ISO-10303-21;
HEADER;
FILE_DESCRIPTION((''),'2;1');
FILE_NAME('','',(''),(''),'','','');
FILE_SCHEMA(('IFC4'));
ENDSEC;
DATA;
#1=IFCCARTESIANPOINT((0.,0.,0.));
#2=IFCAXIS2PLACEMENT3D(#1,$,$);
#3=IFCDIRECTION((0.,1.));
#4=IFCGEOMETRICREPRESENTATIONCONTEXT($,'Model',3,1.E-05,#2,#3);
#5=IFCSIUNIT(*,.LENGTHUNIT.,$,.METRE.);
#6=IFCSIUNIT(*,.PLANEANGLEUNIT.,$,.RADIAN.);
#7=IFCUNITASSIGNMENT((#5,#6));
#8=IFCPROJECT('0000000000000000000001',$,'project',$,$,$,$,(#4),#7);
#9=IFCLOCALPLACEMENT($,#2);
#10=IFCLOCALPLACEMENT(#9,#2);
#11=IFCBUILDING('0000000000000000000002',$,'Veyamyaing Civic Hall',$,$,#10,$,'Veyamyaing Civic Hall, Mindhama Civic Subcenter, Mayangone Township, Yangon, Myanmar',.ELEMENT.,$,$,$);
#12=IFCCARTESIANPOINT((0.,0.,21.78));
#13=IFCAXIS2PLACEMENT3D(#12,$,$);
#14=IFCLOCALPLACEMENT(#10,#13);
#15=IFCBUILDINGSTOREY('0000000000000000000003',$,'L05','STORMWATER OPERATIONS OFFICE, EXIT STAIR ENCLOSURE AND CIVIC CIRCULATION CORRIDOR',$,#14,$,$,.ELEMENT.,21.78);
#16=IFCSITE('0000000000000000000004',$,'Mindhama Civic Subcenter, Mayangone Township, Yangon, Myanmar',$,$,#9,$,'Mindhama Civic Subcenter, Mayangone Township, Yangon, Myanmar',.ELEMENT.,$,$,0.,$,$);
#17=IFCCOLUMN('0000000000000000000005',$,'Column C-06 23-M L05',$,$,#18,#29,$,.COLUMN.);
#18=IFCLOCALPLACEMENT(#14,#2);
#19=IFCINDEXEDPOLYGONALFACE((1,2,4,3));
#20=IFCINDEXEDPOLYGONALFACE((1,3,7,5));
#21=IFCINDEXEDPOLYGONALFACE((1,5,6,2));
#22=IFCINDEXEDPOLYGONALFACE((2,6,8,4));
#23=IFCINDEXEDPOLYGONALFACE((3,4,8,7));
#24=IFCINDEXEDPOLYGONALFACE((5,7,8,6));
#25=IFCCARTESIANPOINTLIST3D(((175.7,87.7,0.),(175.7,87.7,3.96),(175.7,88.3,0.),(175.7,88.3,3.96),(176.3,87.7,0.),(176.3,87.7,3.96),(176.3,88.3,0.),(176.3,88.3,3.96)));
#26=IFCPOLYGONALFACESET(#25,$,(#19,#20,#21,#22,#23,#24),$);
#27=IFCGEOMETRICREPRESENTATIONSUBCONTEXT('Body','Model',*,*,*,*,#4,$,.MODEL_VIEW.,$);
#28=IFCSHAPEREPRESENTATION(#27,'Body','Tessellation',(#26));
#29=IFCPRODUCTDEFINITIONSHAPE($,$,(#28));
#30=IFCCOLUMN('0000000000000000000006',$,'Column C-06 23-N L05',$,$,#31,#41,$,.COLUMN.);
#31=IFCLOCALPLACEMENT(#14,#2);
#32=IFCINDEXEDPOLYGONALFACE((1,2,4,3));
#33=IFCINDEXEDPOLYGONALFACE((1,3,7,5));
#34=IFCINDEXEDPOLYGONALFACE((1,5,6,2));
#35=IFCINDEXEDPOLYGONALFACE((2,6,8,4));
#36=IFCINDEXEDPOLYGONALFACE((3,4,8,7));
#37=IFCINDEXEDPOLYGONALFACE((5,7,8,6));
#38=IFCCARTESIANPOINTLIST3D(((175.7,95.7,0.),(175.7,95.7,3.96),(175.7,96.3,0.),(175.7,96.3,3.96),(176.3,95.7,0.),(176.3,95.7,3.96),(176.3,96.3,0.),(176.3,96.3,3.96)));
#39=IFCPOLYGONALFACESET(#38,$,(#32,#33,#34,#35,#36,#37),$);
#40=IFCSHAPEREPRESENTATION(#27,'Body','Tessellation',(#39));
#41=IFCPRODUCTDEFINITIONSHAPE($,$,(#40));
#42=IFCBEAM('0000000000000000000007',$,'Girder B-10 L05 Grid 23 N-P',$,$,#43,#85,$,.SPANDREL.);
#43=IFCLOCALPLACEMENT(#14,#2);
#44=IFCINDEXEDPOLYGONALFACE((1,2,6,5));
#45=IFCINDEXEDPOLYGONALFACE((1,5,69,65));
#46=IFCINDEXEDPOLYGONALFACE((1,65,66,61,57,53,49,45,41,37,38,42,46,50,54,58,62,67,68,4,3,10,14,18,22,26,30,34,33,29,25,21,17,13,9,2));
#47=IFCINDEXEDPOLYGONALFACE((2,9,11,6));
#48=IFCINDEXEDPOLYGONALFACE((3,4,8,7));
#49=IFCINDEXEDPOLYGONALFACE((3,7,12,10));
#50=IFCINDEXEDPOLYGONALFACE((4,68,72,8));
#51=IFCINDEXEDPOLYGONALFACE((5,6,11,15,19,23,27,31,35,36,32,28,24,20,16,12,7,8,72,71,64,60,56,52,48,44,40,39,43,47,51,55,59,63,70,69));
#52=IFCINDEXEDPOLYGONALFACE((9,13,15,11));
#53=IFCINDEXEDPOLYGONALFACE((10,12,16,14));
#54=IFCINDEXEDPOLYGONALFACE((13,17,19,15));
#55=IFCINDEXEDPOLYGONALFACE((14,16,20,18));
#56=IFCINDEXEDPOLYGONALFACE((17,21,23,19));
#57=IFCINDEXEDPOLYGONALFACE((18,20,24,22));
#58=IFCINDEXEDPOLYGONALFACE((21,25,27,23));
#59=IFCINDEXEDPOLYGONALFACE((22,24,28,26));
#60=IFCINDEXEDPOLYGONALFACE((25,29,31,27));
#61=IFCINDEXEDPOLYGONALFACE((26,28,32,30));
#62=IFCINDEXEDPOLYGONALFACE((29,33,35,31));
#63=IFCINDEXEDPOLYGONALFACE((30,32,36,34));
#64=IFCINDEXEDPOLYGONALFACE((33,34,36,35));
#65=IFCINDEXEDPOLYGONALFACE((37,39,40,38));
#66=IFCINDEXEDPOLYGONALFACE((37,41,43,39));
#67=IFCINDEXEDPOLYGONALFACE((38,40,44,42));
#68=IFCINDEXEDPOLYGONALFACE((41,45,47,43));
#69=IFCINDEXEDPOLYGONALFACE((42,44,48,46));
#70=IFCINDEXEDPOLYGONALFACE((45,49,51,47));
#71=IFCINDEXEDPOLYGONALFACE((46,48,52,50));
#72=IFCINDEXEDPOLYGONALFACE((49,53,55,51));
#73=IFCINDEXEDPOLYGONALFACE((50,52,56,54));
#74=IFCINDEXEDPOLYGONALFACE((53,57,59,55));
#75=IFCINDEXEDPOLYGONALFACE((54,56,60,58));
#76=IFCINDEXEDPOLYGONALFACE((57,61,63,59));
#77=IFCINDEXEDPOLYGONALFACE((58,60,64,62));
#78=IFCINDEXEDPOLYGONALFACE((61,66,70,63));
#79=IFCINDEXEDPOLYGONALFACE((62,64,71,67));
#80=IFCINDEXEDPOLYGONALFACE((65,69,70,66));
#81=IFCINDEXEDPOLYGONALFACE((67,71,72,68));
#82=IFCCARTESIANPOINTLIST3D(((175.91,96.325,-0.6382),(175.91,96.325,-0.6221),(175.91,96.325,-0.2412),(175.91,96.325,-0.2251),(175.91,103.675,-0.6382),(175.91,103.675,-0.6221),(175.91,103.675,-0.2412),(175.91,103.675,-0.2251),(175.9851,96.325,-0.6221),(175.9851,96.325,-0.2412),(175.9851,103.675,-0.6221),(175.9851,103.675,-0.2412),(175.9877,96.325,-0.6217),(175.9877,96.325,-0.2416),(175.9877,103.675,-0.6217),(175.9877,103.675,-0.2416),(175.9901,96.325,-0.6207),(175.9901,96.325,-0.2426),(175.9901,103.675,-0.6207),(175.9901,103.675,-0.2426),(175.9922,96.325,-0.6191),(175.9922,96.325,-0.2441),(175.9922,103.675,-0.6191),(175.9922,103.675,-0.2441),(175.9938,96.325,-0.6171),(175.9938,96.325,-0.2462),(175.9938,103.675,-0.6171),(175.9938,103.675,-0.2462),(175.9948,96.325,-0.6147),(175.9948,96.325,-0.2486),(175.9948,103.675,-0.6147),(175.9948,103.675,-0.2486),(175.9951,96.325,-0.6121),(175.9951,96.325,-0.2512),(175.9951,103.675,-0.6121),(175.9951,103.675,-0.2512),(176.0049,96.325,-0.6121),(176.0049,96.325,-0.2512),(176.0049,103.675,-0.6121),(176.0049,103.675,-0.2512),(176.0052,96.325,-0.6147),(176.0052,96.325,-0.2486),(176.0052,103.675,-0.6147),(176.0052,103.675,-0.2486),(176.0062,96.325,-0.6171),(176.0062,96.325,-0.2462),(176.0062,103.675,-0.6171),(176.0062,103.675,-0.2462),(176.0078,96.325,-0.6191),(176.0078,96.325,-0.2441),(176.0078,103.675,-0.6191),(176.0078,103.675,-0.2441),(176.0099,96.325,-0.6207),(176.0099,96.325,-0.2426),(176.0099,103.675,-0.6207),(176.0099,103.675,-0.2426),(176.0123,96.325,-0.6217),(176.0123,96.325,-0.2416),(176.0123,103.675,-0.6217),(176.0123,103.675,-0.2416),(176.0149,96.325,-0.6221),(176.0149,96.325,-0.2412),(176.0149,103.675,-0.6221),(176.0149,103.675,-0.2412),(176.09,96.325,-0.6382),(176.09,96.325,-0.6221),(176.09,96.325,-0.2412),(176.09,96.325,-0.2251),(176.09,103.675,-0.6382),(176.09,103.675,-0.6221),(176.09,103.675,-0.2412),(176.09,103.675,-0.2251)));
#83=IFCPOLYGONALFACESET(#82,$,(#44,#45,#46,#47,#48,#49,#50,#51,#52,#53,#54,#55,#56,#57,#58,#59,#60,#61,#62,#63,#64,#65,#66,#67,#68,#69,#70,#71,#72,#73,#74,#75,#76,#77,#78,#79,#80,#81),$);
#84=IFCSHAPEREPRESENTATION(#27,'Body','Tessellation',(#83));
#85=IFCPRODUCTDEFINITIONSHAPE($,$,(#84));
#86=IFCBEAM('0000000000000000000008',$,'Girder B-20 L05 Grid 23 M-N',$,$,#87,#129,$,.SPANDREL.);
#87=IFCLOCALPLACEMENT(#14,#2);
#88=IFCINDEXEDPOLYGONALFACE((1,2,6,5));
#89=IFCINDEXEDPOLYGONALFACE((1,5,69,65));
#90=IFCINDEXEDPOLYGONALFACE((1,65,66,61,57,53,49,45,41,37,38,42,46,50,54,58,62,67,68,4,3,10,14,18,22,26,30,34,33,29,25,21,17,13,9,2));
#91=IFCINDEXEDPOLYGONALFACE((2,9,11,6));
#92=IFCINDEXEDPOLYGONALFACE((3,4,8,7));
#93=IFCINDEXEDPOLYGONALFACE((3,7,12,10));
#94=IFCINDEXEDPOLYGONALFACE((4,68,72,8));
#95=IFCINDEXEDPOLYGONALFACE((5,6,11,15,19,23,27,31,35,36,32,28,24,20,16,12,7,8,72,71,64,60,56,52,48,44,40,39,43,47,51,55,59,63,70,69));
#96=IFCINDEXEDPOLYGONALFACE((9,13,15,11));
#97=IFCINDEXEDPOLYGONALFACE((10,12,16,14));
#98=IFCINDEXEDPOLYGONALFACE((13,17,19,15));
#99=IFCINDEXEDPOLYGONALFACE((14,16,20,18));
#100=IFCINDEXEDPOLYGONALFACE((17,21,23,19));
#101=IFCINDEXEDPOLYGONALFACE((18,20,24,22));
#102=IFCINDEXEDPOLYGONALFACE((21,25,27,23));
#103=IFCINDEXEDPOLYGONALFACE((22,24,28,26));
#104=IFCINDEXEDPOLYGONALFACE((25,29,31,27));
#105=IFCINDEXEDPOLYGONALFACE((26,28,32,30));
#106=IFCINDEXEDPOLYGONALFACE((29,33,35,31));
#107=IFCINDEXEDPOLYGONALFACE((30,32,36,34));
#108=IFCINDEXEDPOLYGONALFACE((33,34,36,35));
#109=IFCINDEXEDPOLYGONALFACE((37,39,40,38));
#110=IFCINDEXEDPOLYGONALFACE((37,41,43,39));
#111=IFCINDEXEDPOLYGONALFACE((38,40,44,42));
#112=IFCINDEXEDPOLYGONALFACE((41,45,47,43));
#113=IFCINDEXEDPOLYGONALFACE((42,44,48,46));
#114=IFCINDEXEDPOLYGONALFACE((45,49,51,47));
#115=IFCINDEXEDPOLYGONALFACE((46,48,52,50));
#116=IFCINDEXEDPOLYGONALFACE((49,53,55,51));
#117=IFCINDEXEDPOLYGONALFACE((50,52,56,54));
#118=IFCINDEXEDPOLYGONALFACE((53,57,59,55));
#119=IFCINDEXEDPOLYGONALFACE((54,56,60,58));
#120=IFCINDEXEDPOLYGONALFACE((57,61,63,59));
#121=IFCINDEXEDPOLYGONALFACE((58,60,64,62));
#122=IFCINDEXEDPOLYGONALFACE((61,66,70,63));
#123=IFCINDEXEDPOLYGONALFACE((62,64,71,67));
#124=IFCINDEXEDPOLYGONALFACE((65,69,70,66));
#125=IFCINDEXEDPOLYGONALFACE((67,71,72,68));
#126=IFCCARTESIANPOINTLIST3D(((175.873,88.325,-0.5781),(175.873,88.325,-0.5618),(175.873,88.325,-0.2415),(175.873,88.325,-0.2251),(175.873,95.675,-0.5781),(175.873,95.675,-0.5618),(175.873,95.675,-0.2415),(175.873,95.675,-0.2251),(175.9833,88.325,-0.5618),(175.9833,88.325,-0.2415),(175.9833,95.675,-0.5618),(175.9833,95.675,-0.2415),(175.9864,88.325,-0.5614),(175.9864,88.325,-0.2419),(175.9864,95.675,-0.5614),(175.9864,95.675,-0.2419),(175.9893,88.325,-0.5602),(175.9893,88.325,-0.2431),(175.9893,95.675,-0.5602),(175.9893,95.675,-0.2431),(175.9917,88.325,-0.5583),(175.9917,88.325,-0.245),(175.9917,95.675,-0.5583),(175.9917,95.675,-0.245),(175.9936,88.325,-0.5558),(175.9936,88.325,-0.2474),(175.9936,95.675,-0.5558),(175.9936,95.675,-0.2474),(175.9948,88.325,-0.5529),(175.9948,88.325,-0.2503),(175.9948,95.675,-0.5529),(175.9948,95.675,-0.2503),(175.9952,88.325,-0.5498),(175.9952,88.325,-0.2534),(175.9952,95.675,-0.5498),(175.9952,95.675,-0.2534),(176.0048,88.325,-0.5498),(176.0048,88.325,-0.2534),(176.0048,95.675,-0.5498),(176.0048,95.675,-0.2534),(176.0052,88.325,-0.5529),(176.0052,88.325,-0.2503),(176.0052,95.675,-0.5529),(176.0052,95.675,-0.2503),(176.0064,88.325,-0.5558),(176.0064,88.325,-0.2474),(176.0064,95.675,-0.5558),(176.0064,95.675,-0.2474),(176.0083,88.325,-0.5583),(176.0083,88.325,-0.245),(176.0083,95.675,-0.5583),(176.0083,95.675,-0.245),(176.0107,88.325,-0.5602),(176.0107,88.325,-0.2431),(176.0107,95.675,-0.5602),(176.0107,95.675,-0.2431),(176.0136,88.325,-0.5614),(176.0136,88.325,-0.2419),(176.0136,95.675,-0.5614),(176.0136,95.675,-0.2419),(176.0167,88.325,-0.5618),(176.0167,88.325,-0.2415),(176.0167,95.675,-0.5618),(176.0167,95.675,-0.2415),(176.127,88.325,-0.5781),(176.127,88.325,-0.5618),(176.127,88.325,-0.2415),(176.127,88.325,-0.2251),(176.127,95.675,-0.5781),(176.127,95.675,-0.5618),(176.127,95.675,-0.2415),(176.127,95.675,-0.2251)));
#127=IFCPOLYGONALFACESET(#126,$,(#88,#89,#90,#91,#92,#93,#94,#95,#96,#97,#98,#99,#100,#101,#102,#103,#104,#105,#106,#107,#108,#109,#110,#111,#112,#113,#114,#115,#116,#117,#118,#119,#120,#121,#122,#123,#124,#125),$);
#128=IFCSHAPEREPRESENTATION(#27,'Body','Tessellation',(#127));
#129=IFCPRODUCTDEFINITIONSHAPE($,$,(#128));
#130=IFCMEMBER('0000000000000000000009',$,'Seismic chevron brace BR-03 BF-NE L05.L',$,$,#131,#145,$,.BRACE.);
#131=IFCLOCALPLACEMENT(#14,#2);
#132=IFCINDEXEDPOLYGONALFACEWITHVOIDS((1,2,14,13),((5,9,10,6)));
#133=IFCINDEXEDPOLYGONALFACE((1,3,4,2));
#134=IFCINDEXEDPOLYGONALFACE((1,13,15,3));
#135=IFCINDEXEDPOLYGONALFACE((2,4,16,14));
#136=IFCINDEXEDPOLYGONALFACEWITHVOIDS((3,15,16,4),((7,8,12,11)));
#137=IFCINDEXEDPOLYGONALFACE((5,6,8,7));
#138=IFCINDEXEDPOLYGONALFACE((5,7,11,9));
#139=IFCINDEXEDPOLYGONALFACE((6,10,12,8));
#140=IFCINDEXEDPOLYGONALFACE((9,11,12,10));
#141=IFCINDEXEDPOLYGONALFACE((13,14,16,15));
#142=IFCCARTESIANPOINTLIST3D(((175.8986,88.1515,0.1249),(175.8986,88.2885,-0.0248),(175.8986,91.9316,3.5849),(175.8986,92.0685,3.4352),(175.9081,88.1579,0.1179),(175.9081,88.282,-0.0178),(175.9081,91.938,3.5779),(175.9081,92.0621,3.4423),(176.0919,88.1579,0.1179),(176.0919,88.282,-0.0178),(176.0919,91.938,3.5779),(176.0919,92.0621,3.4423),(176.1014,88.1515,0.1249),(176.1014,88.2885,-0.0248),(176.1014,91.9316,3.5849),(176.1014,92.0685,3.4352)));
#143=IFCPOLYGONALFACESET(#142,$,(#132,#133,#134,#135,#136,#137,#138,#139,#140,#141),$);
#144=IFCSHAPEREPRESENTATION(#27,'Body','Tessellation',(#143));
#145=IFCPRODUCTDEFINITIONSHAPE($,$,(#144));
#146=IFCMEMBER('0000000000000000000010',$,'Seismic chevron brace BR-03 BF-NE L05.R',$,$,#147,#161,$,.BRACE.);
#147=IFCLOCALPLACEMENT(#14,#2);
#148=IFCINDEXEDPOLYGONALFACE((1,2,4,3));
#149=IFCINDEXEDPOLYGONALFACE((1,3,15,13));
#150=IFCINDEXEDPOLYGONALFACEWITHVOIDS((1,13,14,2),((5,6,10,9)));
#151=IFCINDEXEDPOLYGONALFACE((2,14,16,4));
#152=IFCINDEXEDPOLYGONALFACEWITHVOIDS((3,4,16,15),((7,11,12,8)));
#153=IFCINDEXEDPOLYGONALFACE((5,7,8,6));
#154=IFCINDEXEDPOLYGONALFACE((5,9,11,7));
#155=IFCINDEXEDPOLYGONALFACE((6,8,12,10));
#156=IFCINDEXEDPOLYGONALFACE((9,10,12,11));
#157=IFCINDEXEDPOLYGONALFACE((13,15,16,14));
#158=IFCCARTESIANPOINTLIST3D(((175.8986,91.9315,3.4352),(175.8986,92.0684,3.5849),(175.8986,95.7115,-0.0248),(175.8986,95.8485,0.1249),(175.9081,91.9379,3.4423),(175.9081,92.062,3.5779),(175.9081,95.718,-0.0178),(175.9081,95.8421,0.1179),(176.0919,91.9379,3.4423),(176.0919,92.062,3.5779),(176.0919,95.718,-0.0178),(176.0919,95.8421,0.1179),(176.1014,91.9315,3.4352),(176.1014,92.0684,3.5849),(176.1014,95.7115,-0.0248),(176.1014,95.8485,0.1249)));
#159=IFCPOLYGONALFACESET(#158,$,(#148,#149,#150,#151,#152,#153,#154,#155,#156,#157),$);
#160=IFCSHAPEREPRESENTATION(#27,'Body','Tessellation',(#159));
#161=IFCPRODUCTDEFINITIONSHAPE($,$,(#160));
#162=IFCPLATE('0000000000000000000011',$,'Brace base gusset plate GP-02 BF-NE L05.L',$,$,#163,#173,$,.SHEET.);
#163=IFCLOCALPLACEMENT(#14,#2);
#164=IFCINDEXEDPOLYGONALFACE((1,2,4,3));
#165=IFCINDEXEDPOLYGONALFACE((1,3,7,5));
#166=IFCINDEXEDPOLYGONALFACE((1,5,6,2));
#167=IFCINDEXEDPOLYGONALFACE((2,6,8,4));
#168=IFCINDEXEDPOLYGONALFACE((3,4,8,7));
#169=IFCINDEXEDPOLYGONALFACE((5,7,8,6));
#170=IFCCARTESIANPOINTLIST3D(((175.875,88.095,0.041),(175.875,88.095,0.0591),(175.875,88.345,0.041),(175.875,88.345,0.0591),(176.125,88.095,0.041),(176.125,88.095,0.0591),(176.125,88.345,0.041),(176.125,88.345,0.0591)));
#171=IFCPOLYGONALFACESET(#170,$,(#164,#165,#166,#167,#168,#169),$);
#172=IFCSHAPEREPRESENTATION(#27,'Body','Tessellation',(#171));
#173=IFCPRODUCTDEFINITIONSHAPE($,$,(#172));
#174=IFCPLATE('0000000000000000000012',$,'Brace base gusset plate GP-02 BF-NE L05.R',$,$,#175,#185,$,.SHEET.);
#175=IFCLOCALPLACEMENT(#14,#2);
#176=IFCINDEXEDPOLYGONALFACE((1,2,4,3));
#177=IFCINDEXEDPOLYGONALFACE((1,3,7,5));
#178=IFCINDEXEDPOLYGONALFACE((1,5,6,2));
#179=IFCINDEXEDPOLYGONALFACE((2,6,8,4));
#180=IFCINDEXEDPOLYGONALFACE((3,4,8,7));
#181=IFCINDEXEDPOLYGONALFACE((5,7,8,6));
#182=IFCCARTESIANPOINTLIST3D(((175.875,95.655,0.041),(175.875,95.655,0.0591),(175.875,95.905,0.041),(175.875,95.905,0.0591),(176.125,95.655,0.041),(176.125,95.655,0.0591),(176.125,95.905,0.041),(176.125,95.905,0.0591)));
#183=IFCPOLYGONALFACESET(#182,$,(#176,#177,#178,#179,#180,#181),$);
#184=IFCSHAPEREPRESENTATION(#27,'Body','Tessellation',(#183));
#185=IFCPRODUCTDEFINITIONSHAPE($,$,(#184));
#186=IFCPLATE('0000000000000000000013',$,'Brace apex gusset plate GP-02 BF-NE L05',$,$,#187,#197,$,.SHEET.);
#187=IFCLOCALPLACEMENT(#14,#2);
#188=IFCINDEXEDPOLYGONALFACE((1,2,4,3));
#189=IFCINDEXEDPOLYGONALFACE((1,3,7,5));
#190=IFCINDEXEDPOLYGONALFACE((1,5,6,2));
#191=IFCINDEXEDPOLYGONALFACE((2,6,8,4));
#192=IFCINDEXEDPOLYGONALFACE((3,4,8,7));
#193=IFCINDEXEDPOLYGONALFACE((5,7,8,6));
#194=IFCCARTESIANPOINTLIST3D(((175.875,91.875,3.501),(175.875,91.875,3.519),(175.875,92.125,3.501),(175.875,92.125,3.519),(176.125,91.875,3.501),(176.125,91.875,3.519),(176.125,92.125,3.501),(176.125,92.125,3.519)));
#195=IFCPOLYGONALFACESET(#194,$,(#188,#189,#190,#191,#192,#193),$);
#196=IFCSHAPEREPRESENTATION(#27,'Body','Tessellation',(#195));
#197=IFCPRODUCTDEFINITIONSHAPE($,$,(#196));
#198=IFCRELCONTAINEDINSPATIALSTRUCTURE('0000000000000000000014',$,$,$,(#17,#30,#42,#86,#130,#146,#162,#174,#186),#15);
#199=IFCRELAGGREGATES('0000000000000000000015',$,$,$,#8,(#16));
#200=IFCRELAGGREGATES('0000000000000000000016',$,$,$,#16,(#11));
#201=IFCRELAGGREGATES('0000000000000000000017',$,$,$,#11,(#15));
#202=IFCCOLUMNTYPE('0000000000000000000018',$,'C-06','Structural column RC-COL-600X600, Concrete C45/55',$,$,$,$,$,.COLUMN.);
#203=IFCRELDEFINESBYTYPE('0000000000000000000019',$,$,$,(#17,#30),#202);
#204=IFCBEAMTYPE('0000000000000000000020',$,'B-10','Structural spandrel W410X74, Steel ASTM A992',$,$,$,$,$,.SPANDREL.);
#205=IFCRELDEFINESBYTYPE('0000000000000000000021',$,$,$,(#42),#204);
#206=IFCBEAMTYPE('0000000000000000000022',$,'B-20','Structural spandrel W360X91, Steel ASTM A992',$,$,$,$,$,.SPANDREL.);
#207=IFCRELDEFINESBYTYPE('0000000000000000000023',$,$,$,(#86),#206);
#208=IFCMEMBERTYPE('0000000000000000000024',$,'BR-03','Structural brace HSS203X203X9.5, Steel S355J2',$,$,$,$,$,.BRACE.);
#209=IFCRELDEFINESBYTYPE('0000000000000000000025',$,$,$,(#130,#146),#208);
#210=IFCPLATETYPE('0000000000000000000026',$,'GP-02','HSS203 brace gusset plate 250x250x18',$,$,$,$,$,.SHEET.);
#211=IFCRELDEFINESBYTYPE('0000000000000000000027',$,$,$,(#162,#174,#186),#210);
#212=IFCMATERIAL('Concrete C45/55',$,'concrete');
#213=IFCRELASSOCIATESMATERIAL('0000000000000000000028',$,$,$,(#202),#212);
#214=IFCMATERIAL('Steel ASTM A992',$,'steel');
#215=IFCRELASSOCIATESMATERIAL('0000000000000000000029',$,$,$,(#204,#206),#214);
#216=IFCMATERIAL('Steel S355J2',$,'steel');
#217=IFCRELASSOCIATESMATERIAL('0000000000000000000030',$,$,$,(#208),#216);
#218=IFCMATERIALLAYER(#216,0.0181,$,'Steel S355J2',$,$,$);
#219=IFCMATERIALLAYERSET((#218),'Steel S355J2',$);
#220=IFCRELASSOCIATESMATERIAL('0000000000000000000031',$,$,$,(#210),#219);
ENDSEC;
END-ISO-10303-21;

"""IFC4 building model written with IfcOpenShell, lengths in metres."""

from ifc_helpers import new_model, si_unit, direction, frame, origin, origin_2d, place, context, subcontext, project, spatial, rectangle, hollow_rectangle, i_section, extrude, material, layer, layer_set, material_profile, profile_set, type_object, element, save


model = new_model("IFC4")

# Units and contexts
model_context = context("Model", 3, precision=1e-05, world=origin(), true_north=direction((0.0, 1.0)))
body_context = subcontext(model_context, "Body", "Model", "MODEL_VIEW")
ifc_project = project(units=[si_unit("LENGTHUNIT", "METRE"), si_unit("PLANEANGLEUNIT", "RADIAN")], contexts=[model_context])

# Site, building, storey
site_placement = place(None, origin())
site = spatial("IfcSite", under=ifc_project, at=site_placement, Name="Mindhama Civic Subcenter, Mayangone Township, Yangon, Myanmar", LongName="Mindhama Civic Subcenter, Mayangone Township, Yangon, Myanmar", CompositionType="ELEMENT", RefElevation=0.0)
building_placement = place(site_placement, origin())
building = spatial("IfcBuilding", under=site, at=building_placement, Name="Veyamyaing Civic Hall", LongName="Veyamyaing Civic Hall, Mindhama Civic Subcenter, Mayangone Township, Yangon, Myanmar", CompositionType="ELEMENT")
storey_placement = place(building_placement, frame((0.0, 0.0, 21.78)))
storey = spatial("IfcBuildingStorey", under=building, at=storey_placement, Name="L05", Description="STORMWATER OPERATIONS OFFICE, EXIT STAIR ENCLOSURE AND CIVIC CIRCULATION CORRIDOR", CompositionType="ELEMENT", Elevation=21.78)

# Columns
ifc_material_1 = material(Name="Concrete C45/55", Category="concrete")
ifc_material_profile_1 = material_profile(ifc_material_1, rectangle(XDim=0.6001, YDim=0.6001, at=origin_2d()), Name="RC-COL-600X600")
ifc_profile_set_1 = profile_set([ifc_material_profile_1], Name="Concrete C45/55")
column_type = type_object("IfcColumnType", Name="C-06", Description="Structural column RC-COL-600X600, Concrete C45/55", PredefinedType="COLUMN", material=ifc_profile_set_1)
for number, where, z_axis, x_axis, name in (
    (1, (176.0, 88.0, 0.0), (0.0, 0.0, 1.0), (1.0, 0.0, 0.0), "Column C-06 23-M L05"),
    (2, (176.0, 96.0, 0.0), (0.0, 0.0, 1.0), (1.0, 0.0, 0.0), "Column C-06 23-N L05"),
):
    element("IfcColumn", number, at=place(storey_placement, frame(where, z_axis=z_axis, x_axis=x_axis)), inside=storey, type_object=column_type, Name=name, PredefinedType="COLUMN", context=body_context, shape_type="SweptSolid", body=[
        extrude(rectangle(XDim=0.6001, YDim=0.6001, at=origin_2d()), origin(), (0.0, 0.0, 1.0), 3.96),
    ])

# Beams
ifc_material_2 = material(Name="Steel ASTM A992", Category="steel")
ifc_material_profile_2 = material_profile(ifc_material_2, i_section(OverallWidth=0.1799, OverallDepth=0.4131, WebThickness=0.0098, FlangeThickness=0.0161, FilletRadius=0.01, at=origin_2d()), Name="W410X74")
ifc_profile_set_2 = profile_set([ifc_material_profile_2], Name="Steel ASTM A992")
beam_type_1 = type_object("IfcBeamType", Name="B-10", Description="Structural spandrel W410X74, Steel ASTM A992", PredefinedType="SPANDREL", material=ifc_profile_set_2)
beam_1_placement = place(storey_placement, frame((176.0, 96.325, -0.4316), z_axis=(0.0, 1.0, 0.0), x_axis=(-1.0, 0.0, 0.0)))
element("IfcBeam", 3, at=beam_1_placement, inside=storey, type_object=beam_type_1, Name="Girder B-10 L05 Grid 23 N-P", PredefinedType="SPANDREL", context=body_context, shape_type="SweptSolid", body=[
    extrude(i_section(OverallWidth=0.1799, OverallDepth=0.4131, WebThickness=0.0098, FlangeThickness=0.0161, FilletRadius=0.01, at=origin_2d()), origin(), (0.0, 0.0, 1.0), 7.3501),
])
ifc_material_profile_3 = material_profile(ifc_material_2, i_section(OverallWidth=0.2539, OverallDepth=0.353, WebThickness=0.0095, FlangeThickness=0.0164, FilletRadius=0.012, at=origin_2d()), Name="W360X91")
ifc_profile_set_3 = profile_set([ifc_material_profile_3], Name="Steel ASTM A992")
beam_type_2 = type_object("IfcBeamType", Name="B-20", Description="Structural spandrel W360X91, Steel ASTM A992", PredefinedType="SPANDREL", material=ifc_profile_set_3)
beam_2_placement = place(storey_placement, frame((176.0, 88.325, -0.4016), z_axis=(0.0, 1.0, 0.0), x_axis=(-1.0, 0.0, 0.0)))
element("IfcBeam", 4, at=beam_2_placement, inside=storey, type_object=beam_type_2, Name="Girder B-20 L05 Grid 23 M-N", PredefinedType="SPANDREL", context=body_context, shape_type="SweptSolid", body=[
    extrude(i_section(OverallWidth=0.2539, OverallDepth=0.353, WebThickness=0.0095, FlangeThickness=0.0164, FilletRadius=0.012, at=origin_2d()), origin(), (0.0, 0.0, 1.0), 7.3501),
])

# Members
ifc_material_3 = material(Name="Steel S355J2", Category="steel")
ifc_material_profile_4 = material_profile(ifc_material_3, hollow_rectangle(XDim=0.2029, YDim=0.2029, WallThickness=0.0095, at=origin_2d()), Name="HSS203X203X9.5")
ifc_profile_set_4 = profile_set([ifc_material_profile_4], Name="Steel S355J2")
member_type = type_object("IfcMemberType", Name="BR-03", Description="Structural brace HSS203X203X9.5, Steel S355J2", PredefinedType="BRACE", material=ifc_profile_set_4)
for number, where, z_axis, x_axis, name in (
    (5, (176.0, 88.22, 0.05), (0.0, 0.737646, 0.675187), (-1.0, 0.0, 0.0), "Seismic chevron brace BR-03 BF-NE L05.L"),
    (6, (176.0, 95.78, 0.05), (0.0, -0.737646, 0.675187), (1.0, 0.0, 0.0), "Seismic chevron brace BR-03 BF-NE L05.R"),
):
    element("IfcMember", number, at=place(storey_placement, frame(where, z_axis=z_axis, x_axis=x_axis)), inside=storey, type_object=member_type, Name=name, PredefinedType="BRACE", context=body_context, shape_type="SweptSolid", body=[
        extrude(hollow_rectangle(XDim=0.2029, YDim=0.2029, WallThickness=0.0095, at=origin_2d()), origin(), (0.0, 0.0, 1.0), 5.1245),
    ])

# Plates
ifc_layer_1 = layer(ifc_material_3, 0.0181, Name="Steel S355J2")
ifc_layer_set_1 = layer_set([ifc_layer_1], Name="Steel S355J2")
plate_type = type_object("IfcPlateType", Name="GP-02", Description="HSS203 brace gusset plate 250x250x18", PredefinedType="SHEET", material=ifc_layer_set_1)
for number, where, z_axis, x_axis, name in (
    (7, (176.0, 88.22, 0.041), (0.0, 0.0, 1.0), (1.0, 0.0, 0.0), "Brace base gusset plate GP-02 BF-NE L05.L"),
    (8, (176.0, 95.78, 0.041), (0.0, 0.0, 1.0), (1.0, 0.0, 0.0), "Brace base gusset plate GP-02 BF-NE L05.R"),
    (9, (176.0, 92.0, 3.501), (0.0, 0.0, 1.0), (1.0, 0.0, 0.0), "Brace apex gusset plate GP-02 BF-NE L05"),
):
    element("IfcPlate", number, at=place(storey_placement, frame(where, z_axis=z_axis, x_axis=x_axis)), inside=storey, type_object=plate_type, Name=name, PredefinedType="SHEET", context=body_context, shape_type="SweptSolid", body=[
        extrude(rectangle(XDim=0.25, YDim=0.25, at=origin_2d()), origin(), (0.0, 0.0, 1.0), 0.0181),
    ])

save(model, "model.ifc")
